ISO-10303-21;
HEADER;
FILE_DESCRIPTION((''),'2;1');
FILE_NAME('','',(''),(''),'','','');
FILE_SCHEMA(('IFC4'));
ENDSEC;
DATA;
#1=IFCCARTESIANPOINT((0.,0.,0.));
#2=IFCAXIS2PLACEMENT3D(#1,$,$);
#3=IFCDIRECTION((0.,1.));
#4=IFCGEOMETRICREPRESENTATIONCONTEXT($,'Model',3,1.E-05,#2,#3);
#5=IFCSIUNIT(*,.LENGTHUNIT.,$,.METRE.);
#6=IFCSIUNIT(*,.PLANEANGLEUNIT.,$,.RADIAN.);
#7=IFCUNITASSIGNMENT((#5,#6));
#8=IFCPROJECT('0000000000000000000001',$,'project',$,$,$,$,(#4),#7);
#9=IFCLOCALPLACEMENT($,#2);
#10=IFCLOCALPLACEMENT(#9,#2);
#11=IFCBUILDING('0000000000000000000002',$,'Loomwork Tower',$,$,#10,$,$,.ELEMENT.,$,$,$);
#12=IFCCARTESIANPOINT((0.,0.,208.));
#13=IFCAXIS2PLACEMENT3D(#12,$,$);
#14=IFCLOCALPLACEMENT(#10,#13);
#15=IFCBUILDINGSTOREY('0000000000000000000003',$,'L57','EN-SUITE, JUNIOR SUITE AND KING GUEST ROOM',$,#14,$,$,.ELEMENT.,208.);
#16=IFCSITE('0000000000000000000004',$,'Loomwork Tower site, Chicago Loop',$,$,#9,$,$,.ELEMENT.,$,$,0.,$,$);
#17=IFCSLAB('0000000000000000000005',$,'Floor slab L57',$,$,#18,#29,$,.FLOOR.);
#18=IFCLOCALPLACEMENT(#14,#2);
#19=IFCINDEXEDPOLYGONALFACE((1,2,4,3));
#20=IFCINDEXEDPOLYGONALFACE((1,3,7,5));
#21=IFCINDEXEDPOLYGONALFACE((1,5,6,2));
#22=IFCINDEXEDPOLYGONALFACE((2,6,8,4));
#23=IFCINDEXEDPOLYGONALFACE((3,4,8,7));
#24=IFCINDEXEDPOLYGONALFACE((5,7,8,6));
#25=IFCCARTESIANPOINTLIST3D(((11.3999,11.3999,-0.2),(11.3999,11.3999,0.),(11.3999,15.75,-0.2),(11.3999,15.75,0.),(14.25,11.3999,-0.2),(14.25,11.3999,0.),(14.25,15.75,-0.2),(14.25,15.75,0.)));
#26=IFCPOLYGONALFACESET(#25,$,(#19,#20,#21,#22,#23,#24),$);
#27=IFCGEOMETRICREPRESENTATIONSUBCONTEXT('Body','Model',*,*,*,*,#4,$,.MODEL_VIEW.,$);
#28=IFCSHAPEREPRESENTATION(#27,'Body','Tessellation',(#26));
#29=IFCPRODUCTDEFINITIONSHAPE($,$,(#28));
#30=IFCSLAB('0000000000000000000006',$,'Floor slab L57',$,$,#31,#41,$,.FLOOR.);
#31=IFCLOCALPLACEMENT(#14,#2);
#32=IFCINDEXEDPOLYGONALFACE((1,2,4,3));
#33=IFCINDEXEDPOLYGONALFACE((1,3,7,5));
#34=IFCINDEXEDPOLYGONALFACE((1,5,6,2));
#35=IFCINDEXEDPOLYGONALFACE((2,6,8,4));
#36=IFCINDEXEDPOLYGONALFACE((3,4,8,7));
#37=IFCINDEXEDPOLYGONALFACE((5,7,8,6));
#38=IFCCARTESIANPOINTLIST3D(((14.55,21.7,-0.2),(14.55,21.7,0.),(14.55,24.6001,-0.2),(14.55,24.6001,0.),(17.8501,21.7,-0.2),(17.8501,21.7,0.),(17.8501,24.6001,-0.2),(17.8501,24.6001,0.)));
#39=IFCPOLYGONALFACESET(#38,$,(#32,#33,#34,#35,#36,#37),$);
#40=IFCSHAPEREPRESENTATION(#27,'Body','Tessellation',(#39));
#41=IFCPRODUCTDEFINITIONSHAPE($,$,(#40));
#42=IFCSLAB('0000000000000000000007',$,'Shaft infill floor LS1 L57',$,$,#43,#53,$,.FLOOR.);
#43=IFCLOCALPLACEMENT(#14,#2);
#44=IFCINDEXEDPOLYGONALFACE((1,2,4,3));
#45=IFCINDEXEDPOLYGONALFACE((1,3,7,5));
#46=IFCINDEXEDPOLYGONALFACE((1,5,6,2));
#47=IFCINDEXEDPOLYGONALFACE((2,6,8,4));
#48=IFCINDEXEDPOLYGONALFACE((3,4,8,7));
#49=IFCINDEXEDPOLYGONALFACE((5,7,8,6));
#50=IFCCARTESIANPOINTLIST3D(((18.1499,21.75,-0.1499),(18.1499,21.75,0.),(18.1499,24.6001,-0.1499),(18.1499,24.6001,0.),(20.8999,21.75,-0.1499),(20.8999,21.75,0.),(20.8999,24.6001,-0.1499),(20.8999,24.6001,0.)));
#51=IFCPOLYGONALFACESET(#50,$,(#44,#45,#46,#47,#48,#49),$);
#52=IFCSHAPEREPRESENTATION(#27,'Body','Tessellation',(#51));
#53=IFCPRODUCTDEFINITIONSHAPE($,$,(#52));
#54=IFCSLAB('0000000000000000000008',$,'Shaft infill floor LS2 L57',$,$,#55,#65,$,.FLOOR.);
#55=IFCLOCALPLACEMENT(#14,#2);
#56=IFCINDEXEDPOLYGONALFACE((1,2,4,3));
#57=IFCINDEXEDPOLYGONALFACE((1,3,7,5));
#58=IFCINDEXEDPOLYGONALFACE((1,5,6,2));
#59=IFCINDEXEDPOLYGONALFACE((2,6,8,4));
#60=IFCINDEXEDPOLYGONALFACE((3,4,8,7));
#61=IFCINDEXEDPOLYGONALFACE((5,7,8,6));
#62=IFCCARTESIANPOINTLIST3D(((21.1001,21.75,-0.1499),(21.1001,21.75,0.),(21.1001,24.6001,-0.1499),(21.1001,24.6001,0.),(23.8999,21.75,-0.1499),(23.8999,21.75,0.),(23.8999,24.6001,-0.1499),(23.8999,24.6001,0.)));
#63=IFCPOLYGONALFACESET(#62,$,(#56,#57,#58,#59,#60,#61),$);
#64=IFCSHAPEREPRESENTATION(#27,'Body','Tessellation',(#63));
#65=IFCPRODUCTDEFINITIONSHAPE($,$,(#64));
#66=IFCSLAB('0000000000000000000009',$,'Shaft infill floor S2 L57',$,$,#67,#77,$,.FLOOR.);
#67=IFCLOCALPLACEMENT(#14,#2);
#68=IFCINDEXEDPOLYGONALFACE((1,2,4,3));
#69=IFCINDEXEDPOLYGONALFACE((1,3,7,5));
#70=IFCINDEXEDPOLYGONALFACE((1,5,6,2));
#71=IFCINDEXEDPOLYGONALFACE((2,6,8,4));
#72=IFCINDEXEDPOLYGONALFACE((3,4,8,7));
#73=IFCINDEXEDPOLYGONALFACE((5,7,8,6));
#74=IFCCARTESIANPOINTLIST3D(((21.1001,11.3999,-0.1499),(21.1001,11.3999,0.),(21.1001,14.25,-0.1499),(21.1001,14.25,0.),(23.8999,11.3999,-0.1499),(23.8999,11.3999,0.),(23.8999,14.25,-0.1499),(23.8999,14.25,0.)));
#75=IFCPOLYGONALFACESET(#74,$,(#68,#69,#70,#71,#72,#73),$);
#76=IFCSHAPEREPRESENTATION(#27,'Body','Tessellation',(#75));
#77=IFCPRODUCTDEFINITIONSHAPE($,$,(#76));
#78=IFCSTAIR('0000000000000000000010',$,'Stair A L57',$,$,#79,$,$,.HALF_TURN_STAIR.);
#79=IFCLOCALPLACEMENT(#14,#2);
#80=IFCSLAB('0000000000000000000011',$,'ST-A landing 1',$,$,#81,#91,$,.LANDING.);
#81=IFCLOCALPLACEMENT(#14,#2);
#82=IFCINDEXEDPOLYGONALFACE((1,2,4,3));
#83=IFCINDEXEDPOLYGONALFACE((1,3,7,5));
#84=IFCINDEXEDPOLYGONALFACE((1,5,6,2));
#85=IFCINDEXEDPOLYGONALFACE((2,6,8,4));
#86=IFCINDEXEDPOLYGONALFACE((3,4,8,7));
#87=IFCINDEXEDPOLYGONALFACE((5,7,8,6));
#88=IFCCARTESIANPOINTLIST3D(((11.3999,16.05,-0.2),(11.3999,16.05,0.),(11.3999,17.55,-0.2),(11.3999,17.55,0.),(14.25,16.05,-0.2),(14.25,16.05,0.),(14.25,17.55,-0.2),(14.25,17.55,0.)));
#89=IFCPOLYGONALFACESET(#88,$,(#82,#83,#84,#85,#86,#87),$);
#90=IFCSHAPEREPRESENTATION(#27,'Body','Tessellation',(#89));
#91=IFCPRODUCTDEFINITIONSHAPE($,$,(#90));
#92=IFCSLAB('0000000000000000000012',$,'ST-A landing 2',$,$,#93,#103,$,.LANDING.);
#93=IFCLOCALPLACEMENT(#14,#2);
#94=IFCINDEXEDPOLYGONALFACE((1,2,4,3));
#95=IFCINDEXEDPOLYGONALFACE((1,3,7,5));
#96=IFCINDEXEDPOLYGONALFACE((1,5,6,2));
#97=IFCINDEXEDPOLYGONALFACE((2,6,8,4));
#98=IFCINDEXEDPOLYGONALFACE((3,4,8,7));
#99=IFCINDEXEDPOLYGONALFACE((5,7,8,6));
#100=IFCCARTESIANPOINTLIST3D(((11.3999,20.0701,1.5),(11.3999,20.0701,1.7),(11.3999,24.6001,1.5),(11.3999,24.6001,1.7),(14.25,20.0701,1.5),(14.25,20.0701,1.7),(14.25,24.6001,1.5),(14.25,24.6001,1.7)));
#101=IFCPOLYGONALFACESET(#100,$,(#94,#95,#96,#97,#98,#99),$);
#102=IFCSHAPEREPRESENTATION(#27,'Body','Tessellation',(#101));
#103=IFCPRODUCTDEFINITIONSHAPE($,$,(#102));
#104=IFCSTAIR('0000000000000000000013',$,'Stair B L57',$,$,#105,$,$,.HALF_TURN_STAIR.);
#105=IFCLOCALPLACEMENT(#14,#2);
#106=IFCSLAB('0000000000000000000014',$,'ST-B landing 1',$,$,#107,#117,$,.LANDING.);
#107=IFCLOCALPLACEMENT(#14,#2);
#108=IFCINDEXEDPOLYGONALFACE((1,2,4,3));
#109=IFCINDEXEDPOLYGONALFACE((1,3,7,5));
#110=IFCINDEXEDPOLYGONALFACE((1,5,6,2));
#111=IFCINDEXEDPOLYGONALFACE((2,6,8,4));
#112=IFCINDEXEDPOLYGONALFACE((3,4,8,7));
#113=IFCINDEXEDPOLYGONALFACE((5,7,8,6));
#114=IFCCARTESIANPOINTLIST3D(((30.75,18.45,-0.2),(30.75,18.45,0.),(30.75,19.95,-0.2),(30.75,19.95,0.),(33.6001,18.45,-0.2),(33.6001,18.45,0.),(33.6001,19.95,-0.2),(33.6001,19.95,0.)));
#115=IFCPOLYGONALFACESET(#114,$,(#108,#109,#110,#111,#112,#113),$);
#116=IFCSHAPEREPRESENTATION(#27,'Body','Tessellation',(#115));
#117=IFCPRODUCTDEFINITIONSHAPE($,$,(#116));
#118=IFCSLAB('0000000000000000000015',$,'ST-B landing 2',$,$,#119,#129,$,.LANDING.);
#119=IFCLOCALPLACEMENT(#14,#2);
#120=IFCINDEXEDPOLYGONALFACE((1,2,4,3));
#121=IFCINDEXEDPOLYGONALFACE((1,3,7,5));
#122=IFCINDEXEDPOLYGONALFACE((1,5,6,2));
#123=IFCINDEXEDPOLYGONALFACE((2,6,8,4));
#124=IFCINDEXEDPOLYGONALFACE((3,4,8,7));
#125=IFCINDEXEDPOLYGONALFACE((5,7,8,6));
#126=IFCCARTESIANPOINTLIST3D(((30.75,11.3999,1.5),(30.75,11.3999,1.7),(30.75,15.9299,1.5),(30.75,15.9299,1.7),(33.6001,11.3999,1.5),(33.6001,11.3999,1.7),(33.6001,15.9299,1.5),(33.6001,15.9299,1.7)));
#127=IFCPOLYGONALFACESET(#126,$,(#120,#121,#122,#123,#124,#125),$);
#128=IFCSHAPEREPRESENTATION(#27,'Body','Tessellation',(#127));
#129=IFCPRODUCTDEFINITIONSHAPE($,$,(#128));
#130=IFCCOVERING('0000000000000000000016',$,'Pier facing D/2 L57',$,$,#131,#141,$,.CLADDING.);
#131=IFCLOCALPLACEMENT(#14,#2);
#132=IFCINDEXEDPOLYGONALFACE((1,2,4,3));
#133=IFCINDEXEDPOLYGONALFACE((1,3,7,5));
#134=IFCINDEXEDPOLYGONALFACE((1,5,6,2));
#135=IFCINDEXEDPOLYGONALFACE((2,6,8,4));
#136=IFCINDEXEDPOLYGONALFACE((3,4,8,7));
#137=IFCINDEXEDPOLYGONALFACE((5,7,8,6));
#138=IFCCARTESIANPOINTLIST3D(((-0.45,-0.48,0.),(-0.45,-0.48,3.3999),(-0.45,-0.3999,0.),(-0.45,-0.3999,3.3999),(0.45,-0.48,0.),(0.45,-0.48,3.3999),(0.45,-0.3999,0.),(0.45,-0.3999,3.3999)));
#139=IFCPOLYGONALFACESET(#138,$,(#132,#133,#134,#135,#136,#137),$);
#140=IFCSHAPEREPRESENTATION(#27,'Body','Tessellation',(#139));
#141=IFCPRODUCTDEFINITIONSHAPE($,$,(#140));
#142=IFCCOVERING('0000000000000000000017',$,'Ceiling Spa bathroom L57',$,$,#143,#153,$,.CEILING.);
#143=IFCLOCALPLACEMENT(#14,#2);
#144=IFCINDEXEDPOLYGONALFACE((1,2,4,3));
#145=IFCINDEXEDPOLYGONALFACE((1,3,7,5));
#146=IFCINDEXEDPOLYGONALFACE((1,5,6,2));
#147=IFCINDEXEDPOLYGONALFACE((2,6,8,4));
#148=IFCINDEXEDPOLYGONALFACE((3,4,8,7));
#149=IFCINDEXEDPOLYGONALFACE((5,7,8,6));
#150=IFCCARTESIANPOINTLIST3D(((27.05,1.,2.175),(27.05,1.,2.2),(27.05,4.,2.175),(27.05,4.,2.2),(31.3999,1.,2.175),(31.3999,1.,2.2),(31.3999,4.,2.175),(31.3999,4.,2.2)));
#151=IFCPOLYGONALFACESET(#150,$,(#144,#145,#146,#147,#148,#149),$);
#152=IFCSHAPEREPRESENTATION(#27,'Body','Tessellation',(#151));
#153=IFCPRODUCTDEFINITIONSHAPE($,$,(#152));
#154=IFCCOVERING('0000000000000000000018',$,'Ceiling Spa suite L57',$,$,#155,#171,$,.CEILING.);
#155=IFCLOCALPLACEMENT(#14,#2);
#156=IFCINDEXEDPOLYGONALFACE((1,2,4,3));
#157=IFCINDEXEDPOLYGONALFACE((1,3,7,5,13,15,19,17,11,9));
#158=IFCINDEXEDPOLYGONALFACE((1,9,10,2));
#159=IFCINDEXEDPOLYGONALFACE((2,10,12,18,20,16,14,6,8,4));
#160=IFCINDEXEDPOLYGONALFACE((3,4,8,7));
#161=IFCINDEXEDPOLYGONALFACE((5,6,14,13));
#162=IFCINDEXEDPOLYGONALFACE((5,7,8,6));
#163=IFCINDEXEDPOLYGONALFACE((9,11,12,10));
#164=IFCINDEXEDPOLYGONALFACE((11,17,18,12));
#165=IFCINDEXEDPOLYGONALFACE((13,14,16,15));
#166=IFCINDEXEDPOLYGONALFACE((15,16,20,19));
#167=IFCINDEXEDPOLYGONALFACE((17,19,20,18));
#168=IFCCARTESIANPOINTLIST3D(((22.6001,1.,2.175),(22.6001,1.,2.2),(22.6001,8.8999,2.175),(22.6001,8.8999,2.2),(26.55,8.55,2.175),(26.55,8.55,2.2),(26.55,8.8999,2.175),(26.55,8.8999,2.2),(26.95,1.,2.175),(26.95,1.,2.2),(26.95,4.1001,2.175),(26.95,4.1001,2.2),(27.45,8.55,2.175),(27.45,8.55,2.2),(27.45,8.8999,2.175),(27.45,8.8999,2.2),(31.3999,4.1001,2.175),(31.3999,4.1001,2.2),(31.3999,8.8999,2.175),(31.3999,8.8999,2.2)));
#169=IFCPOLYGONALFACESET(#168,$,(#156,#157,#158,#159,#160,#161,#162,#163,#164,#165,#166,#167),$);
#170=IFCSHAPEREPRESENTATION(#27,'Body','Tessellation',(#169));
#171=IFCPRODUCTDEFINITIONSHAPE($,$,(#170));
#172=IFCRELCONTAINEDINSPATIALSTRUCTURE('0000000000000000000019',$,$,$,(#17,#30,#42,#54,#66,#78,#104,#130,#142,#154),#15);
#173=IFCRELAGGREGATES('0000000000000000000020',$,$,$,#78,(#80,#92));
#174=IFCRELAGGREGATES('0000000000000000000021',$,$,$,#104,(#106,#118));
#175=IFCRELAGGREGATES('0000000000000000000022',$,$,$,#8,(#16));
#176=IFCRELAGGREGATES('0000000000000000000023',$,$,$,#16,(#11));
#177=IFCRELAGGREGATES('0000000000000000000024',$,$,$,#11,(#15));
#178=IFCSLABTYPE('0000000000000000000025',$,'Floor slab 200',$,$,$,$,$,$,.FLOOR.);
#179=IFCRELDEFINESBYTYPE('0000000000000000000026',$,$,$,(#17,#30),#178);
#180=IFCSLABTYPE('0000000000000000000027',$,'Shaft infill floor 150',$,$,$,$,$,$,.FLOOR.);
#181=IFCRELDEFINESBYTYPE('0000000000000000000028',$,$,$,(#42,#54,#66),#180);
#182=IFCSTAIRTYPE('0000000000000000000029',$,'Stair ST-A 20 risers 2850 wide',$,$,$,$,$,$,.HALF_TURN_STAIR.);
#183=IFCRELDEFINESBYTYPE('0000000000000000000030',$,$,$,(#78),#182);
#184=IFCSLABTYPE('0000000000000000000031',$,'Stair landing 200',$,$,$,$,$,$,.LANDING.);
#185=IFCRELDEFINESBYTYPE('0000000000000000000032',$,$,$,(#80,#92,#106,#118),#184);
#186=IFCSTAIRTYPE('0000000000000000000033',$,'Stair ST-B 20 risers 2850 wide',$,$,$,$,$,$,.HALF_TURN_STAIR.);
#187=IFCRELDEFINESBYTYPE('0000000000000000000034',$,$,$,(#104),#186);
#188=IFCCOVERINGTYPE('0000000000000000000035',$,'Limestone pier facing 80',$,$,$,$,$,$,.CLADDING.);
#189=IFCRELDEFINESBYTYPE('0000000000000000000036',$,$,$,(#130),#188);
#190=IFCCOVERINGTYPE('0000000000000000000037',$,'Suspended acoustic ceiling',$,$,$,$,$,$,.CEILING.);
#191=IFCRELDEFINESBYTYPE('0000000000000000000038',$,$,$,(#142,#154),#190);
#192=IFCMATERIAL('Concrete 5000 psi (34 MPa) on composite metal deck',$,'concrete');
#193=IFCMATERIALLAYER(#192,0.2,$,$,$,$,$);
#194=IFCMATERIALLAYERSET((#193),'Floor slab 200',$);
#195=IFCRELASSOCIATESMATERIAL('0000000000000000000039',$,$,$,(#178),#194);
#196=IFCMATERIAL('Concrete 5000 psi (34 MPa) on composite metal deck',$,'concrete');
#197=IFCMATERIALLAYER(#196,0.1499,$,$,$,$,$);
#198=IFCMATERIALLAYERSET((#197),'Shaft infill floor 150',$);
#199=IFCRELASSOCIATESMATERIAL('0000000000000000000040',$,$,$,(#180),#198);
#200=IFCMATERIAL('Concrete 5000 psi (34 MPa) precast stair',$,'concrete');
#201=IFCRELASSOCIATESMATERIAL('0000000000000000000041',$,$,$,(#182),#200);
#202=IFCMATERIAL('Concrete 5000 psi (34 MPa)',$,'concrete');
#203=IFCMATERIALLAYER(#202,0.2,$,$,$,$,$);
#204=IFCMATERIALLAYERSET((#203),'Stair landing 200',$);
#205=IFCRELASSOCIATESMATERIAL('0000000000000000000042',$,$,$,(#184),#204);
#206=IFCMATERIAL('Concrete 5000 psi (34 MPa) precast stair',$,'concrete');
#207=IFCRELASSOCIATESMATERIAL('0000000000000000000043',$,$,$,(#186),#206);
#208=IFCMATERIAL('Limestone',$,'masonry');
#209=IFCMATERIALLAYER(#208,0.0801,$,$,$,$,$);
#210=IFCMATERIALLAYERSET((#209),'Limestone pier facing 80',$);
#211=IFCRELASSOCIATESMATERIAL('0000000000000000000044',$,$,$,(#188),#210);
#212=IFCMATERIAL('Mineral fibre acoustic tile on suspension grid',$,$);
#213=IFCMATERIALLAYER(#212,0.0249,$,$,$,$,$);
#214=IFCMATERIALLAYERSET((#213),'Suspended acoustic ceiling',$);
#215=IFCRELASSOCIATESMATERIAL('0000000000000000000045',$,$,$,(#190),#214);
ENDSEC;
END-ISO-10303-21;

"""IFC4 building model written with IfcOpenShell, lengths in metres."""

from ifc_helpers import new_model, si_unit, direction, frame, origin, origin_2d, place, context, subcontext, project, spatial, polyline, rectangle, outline, extrude, material, layer, layer_set, type_object, element, aggregate, save


model = new_model("IFC4")

# Units and contexts
model_context = context("Model", 3, precision=1e-05, world=origin(), true_north=direction((0.0, 1.0)))
body_context = subcontext(model_context, "Body", "Model", "MODEL_VIEW")
ifc_project = project(units=[si_unit("LENGTHUNIT", "METRE"), si_unit("PLANEANGLEUNIT", "RADIAN")], contexts=[model_context])

# Site, building, storey
site_placement = place(None, origin())
site = spatial("IfcSite", under=ifc_project, at=site_placement, Name="Loomwork Tower site, Chicago Loop", CompositionType="ELEMENT", RefElevation=0.0)
building_placement = place(site_placement, origin())
building = spatial("IfcBuilding", under=site, at=building_placement, Name="Loomwork Tower", CompositionType="ELEMENT")
storey_placement = place(building_placement, frame((0.0, 0.0, 208.0)))
storey = spatial("IfcBuildingStorey", under=building, at=storey_placement, Name="L57", Description="EN-SUITE, JUNIOR SUITE AND KING GUEST ROOM", CompositionType="ELEMENT", Elevation=208.0)

# Slabs
ifc_material_1 = material(Name="Concrete 5000 psi (34 MPa) on composite metal deck", Category="concrete")
ifc_layer_1 = layer(ifc_material_1, 0.2)
ifc_layer_set_1 = layer_set([ifc_layer_1], Name="Floor slab 200")
slab_type_1 = type_object("IfcSlabType", Name="Floor slab 200", PredefinedType="FLOOR", material=ifc_layer_set_1)
slab_1_placement = place(storey_placement, frame((0.0, 0.0, -0.2)))
element("IfcSlab", 1, at=slab_1_placement, inside=storey, type_object=slab_type_1, Name="Floor slab L57", PredefinedType="FLOOR", context=body_context, shape_type="SweptSolid", body=[
    extrude(outline(polyline([(14.25, 15.75), (14.25, 11.3999), (11.3999, 11.3999), (11.3999, 15.75), (14.25, 15.75)])), origin(), (0.0, 0.0, 1.0), 0.2),
])
slab_2_placement = place(storey_placement, frame((0.0, 0.0, -0.2)))
element("IfcSlab", 2, at=slab_2_placement, inside=storey, type_object=slab_type_1, Name="Floor slab L57", PredefinedType="FLOOR", context=body_context, shape_type="SweptSolid", body=[
    extrude(outline(polyline([(14.55, 21.7), (14.55, 24.6001), (17.8501, 24.6001), (17.8501, 21.7), (14.55, 21.7)])), origin(), (0.0, 0.0, 1.0), 0.2),
])
ifc_material_2 = material(Name="Concrete 5000 psi (34 MPa) on composite metal deck", Category="concrete")
ifc_layer_2 = layer(ifc_material_2, 0.1499)
ifc_layer_set_2 = layer_set([ifc_layer_2], Name="Shaft infill floor 150")
slab_type_2 = type_object("IfcSlabType", Name="Shaft infill floor 150", PredefinedType="FLOOR", material=ifc_layer_set_2)
slab_3_placement = place(storey_placement, frame((0.0, 0.0, -0.1499)))
element("IfcSlab", 3, at=slab_3_placement, inside=storey, type_object=slab_type_2, Name="Shaft infill floor LS1 L57", PredefinedType="FLOOR", context=body_context, shape_type="SweptSolid", body=[
    extrude(outline(polyline([(18.1499, 21.75), (20.8999, 21.75), (20.8999, 24.6001), (18.1499, 24.6001), (18.1499, 21.75)])), origin(), (0.0, 0.0, 1.0), 0.1499),
])
slab_4_placement = place(storey_placement, frame((0.0, 0.0, -0.1499)))
element("IfcSlab", 4, at=slab_4_placement, inside=storey, type_object=slab_type_2, Name="Shaft infill floor LS2 L57", PredefinedType="FLOOR", context=body_context, shape_type="SweptSolid", body=[
    extrude(outline(polyline([(21.1001, 21.75), (23.8999, 21.75), (23.8999, 24.6001), (21.1001, 24.6001), (21.1001, 21.75)])), origin(), (0.0, 0.0, 1.0), 0.1499),
])
slab_5_placement = place(storey_placement, frame((0.0, 0.0, -0.1499)))
element("IfcSlab", 5, at=slab_5_placement, inside=storey, type_object=slab_type_2, Name="Shaft infill floor S2 L57", PredefinedType="FLOOR", context=body_context, shape_type="SweptSolid", body=[
    extrude(outline(polyline([(21.1001, 11.3999), (23.8999, 11.3999), (23.8999, 14.25), (21.1001, 14.25), (21.1001, 11.3999)])), origin(), (0.0, 0.0, 1.0), 0.1499),
])

# Stairs, slabs
ifc_material_3 = material(Name="Concrete 5000 psi (34 MPa) precast stair", Category="concrete")
stair_type_1 = type_object("IfcStairType", Name="Stair ST-A 20 risers 2850 wide", PredefinedType="HALF_TURN_STAIR", material=ifc_material_3)
stair_1_placement = place(storey_placement, origin())
stair_1 = element("IfcStair", 6, at=stair_1_placement, inside=storey, type_object=stair_type_1, Name="Stair A L57", PredefinedType="HALF_TURN_STAIR")
ifc_material_4 = material(Name="Concrete 5000 psi (34 MPa)", Category="concrete")
ifc_layer_3 = layer(ifc_material_4, 0.2)
ifc_layer_set_3 = layer_set([ifc_layer_3], Name="Stair landing 200")
slab_type_3 = type_object("IfcSlabType", Name="Stair landing 200", PredefinedType="LANDING", material=ifc_layer_set_3)
slab_6_placement = place(storey_placement, frame((0.0, 0.0, -0.2)))
slab_6 = element("IfcSlab", 7, at=slab_6_placement, type_object=slab_type_3, Name="ST-A landing 1", PredefinedType="LANDING", context=body_context, shape_type="SweptSolid", body=[
    extrude(outline(polyline([(11.3999, 16.05), (14.25, 16.05), (14.25, 17.55), (11.3999, 17.55), (11.3999, 16.05)])), origin(), (0.0, 0.0, 1.0), 0.2),
])
slab_7_placement = place(storey_placement, frame((0.0, 0.0, 1.5)))
slab_7 = element("IfcSlab", 8, at=slab_7_placement, type_object=slab_type_3, Name="ST-A landing 2", PredefinedType="LANDING", context=body_context, shape_type="SweptSolid", body=[
    extrude(outline(polyline([(11.3999, 20.0701), (14.25, 20.0701), (14.25, 24.6001), (11.3999, 24.6001), (11.3999, 20.0701)])), origin(), (0.0, 0.0, 1.0), 0.2),
])
aggregate(stair_1, [slab_6, slab_7])
ifc_material_5 = material(Name="Concrete 5000 psi (34 MPa) precast stair", Category="concrete")
stair_type_2 = type_object("IfcStairType", Name="Stair ST-B 20 risers 2850 wide", PredefinedType="HALF_TURN_STAIR", material=ifc_material_5)
stair_2_placement = place(storey_placement, origin())
stair_2 = element("IfcStair", 9, at=stair_2_placement, inside=storey, type_object=stair_type_2, Name="Stair B L57", PredefinedType="HALF_TURN_STAIR")
slab_8_placement = place(storey_placement, frame((0.0, 0.0, -0.2)))
slab_8 = element("IfcSlab", 10, at=slab_8_placement, type_object=slab_type_3, Name="ST-B landing 1", PredefinedType="LANDING", context=body_context, shape_type="SweptSolid", body=[
    extrude(outline(polyline([(30.75, 18.45), (33.6001, 18.45), (33.6001, 19.95), (30.75, 19.95), (30.75, 18.45)])), origin(), (0.0, 0.0, 1.0), 0.2),
])
slab_9_placement = place(storey_placement, frame((0.0, 0.0, 1.5)))
slab_9 = element("IfcSlab", 11, at=slab_9_placement, type_object=slab_type_3, Name="ST-B landing 2", PredefinedType="LANDING", context=body_context, shape_type="SweptSolid", body=[
    extrude(outline(polyline([(30.75, 11.3999), (33.6001, 11.3999), (33.6001, 15.9299), (30.75, 15.9299), (30.75, 11.3999)])), origin(), (0.0, 0.0, 1.0), 0.2),
])
aggregate(stair_2, [slab_8, slab_9])

# Coverings
ifc_material_6 = material(Name="Limestone", Category="masonry")
ifc_layer_4 = layer(ifc_material_6, 0.0801)
ifc_layer_set_4 = layer_set([ifc_layer_4], Name="Limestone pier facing 80")
covering_type_1 = type_object("IfcCoveringType", Name="Limestone pier facing 80", PredefinedType="CLADDING", material=ifc_layer_set_4)
covering_1_placement = place(storey_placement, frame((0.0, -0.4399, 0.0), z_axis=(0.0, 0.0, 1.0), x_axis=(1.0, 0.0, 0.0)))
element("IfcCovering", 12, at=covering_1_placement, inside=storey, type_object=covering_type_1, Name="Pier facing D/2 L57", PredefinedType="CLADDING", context=body_context, shape_type="SweptSolid", body=[
    extrude(rectangle(XDim=0.8999, YDim=0.0801, at=origin_2d()), origin(), (0.0, 0.0, 1.0), 3.3999),
])
ifc_material_7 = material(Name="Mineral fibre acoustic tile on suspension grid")
ifc_layer_5 = layer(ifc_material_7, 0.0249)
ifc_layer_set_5 = layer_set([ifc_layer_5], Name="Suspended acoustic ceiling")
covering_type_2 = type_object("IfcCoveringType", Name="Suspended acoustic ceiling", PredefinedType="CEILING", material=ifc_layer_set_5)
covering_2_placement = place(storey_placement, frame((0.0, 0.0, 2.175)))
element("IfcCovering", 13, at=covering_2_placement, inside=storey, type_object=covering_type_2, Name="Ceiling Spa bathroom L57", PredefinedType="CEILING", context=body_context, shape_type="SweptSolid", body=[
    extrude(outline(polyline([(31.3999, 4.0), (31.3999, 1.0), (27.05, 1.0), (27.05, 4.0), (31.3999, 4.0)])), origin(), (0.0, 0.0, 1.0), 0.0249),
])
covering_3_placement = place(storey_placement, frame((0.0, 0.0, 2.175)))
element("IfcCovering", 14, at=covering_3_placement, inside=storey, type_object=covering_type_2, Name="Ceiling Spa suite L57", PredefinedType="CEILING", context=body_context, shape_type="SweptSolid", body=[
    extrude(outline(polyline([(26.55, 8.8999), (26.55, 8.55), (27.45, 8.55), (27.45, 8.8999), (31.3999, 8.8999), (31.3999, 4.1001), (26.95, 4.1001), (26.95, 1.0), (22.6001, 1.0), (22.6001, 8.8999), (26.55, 8.8999)])), origin(), (0.0, 0.0, 1.0), 0.0249),
])

save(model, "model.ifc")
